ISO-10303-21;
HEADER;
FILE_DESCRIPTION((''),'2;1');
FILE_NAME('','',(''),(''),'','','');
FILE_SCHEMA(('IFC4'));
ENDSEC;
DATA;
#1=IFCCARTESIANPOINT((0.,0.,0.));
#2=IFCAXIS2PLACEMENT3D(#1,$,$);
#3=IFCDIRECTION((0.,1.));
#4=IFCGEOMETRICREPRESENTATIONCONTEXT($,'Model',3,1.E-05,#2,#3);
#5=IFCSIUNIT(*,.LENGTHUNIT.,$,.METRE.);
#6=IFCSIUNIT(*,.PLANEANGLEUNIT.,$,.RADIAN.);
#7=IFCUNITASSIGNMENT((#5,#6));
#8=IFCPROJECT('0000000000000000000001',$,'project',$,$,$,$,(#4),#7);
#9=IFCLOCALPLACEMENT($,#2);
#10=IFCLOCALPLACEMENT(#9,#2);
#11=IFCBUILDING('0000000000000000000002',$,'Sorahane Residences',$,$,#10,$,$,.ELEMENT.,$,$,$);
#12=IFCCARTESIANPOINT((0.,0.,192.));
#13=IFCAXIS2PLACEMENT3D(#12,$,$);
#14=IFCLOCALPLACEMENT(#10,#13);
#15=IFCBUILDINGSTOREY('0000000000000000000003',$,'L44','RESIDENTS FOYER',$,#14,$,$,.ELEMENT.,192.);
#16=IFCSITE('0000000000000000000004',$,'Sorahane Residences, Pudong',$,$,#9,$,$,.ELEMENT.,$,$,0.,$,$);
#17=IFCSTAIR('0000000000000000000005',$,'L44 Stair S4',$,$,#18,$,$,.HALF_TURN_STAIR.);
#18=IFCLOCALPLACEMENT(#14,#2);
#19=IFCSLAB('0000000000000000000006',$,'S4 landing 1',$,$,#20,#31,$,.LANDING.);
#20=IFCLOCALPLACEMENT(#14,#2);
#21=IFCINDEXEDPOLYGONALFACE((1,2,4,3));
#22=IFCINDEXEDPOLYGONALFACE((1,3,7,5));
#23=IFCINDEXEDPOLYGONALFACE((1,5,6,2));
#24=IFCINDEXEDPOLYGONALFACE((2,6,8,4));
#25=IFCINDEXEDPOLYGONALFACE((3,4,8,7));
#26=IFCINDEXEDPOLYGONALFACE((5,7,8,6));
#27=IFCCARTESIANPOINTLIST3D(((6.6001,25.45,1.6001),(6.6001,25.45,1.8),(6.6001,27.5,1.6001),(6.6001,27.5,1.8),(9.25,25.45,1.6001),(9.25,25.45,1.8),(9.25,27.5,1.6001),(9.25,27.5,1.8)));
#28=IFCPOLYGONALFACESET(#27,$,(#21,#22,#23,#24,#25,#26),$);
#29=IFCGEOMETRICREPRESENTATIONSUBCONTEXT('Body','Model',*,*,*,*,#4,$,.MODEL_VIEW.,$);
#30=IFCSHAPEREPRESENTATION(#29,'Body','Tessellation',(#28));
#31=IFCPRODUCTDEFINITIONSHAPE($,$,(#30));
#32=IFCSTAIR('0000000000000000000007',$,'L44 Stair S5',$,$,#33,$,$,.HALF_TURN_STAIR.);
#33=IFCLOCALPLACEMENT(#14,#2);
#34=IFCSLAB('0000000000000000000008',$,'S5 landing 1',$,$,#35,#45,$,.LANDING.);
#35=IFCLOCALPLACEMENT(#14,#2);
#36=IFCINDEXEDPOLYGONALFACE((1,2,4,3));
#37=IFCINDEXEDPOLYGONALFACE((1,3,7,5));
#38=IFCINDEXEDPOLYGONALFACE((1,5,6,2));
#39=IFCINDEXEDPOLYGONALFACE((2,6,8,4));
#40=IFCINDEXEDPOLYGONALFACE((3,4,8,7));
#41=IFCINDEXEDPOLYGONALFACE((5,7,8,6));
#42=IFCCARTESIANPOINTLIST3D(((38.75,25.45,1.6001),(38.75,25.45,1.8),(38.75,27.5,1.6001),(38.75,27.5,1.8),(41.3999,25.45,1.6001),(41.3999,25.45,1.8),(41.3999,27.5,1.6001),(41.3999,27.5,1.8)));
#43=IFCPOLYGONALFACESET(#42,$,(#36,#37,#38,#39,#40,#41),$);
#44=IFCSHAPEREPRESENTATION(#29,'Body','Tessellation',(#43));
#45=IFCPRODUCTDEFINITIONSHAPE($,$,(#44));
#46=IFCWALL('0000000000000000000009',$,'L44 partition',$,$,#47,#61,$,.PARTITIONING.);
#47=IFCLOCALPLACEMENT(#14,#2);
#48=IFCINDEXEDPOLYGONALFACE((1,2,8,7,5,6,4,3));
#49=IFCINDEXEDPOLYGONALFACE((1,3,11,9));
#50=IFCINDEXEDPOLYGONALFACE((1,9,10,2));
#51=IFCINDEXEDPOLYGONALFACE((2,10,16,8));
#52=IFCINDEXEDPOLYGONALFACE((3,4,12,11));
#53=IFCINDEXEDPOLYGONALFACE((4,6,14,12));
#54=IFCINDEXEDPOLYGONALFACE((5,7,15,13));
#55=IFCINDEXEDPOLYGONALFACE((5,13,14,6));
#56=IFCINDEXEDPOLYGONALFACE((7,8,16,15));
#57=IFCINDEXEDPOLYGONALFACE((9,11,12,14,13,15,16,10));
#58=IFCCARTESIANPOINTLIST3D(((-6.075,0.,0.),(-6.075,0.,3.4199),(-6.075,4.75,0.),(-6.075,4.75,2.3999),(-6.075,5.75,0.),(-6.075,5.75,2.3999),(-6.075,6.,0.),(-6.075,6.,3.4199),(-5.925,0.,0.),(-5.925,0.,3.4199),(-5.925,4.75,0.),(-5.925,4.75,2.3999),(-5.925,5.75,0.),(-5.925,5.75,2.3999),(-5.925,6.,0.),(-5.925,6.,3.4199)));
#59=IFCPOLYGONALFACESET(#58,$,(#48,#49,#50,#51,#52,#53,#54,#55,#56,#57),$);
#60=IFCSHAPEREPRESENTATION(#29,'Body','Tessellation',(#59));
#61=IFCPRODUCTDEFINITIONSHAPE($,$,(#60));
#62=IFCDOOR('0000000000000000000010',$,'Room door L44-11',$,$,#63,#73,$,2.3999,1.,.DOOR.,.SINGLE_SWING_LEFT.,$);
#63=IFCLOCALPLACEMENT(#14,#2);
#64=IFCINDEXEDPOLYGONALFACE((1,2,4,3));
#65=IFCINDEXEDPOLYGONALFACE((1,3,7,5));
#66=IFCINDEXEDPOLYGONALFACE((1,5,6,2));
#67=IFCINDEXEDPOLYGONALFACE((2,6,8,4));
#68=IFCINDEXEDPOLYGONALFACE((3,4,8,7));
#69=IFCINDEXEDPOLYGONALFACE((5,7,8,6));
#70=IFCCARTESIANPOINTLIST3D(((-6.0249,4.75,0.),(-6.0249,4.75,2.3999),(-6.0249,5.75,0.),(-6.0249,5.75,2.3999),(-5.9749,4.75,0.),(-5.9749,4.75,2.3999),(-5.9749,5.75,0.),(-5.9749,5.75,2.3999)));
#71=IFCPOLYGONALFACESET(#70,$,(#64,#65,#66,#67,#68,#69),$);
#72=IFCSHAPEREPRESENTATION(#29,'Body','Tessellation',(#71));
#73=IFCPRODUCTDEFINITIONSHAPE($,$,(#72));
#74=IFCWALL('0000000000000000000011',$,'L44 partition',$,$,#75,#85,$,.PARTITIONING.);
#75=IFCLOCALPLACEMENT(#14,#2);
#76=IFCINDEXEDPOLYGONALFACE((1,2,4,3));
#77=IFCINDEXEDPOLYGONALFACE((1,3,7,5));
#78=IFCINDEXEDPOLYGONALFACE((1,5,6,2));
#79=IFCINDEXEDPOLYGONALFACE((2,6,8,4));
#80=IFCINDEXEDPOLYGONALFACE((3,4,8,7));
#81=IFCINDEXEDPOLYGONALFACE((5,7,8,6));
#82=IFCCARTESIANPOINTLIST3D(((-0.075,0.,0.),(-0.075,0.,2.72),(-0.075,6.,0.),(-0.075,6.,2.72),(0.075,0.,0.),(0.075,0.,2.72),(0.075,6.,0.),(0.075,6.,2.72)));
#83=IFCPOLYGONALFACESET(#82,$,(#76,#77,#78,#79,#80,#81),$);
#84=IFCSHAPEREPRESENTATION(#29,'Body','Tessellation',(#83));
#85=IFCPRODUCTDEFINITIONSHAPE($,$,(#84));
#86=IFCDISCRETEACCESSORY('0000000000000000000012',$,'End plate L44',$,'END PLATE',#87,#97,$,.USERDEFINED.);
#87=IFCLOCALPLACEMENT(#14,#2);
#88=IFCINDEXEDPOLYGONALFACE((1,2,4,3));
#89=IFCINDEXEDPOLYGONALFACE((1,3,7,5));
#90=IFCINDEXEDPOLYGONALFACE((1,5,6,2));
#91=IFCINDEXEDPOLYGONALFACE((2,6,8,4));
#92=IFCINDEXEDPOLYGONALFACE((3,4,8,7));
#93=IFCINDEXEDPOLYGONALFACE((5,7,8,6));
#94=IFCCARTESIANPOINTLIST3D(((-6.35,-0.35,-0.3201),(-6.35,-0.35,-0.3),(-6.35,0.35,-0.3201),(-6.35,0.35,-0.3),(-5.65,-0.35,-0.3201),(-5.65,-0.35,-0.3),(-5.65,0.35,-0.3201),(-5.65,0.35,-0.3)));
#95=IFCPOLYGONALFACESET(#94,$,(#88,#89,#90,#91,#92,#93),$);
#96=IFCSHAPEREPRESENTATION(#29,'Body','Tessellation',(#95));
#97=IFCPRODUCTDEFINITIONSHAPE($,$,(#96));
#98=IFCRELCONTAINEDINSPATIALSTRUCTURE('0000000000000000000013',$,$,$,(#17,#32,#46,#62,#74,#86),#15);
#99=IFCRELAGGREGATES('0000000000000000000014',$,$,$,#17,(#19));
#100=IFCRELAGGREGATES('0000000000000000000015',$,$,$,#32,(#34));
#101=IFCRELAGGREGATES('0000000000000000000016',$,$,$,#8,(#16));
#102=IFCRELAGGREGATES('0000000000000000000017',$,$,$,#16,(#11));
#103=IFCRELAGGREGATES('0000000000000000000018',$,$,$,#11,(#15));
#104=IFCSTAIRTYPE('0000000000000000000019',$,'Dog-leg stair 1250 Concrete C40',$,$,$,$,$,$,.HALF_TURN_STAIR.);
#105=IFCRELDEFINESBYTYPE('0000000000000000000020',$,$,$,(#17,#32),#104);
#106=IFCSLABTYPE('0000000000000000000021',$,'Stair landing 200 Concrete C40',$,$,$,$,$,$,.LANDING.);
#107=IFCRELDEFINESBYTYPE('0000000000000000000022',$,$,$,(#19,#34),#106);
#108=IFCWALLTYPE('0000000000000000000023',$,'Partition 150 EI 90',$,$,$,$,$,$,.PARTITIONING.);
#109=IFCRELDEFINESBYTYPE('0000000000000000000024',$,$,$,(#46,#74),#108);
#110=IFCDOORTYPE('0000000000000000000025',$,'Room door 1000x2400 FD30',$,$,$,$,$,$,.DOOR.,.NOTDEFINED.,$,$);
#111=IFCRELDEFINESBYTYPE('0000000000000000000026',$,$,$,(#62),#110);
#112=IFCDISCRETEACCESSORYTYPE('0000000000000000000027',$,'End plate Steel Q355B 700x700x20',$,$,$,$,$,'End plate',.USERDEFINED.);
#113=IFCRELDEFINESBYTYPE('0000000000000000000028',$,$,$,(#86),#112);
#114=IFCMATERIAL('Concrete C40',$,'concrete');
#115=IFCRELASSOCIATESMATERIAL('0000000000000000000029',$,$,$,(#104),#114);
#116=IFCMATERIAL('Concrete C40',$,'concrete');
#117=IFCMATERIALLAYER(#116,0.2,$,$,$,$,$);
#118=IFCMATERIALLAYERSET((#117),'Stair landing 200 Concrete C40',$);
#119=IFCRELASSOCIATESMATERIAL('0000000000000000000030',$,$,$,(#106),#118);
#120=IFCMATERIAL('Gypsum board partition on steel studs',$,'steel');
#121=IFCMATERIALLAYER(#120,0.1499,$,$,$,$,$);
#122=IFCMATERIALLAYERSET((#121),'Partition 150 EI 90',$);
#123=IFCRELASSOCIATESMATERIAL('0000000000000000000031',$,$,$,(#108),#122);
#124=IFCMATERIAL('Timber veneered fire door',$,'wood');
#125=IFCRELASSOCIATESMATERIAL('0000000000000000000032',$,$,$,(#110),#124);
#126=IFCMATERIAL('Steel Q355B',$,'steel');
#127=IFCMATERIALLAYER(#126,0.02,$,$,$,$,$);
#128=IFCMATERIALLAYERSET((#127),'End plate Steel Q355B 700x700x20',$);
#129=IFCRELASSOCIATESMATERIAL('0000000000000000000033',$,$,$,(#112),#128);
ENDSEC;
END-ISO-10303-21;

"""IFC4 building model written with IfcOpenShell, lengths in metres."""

from ifc_helpers import new_model, si_unit, direction, frame, frame_2d, origin, origin_2d, place, context, subcontext, project, spatial, polyline, rectangle, outline, extrude, material, layer, layer_set, type_object, element, fill, aggregate, save


model = new_model("IFC4")

# Units and contexts
model_context = context("Model", 3, precision=1e-05, world=origin(), true_north=direction((0.0, 1.0)))
body_context = subcontext(model_context, "Body", "Model", "MODEL_VIEW")
ifc_project = project(units=[si_unit("LENGTHUNIT", "METRE"), si_unit("PLANEANGLEUNIT", "RADIAN")], contexts=[model_context])

# Site, building, storey
site_placement = place(None, origin())
site = spatial("IfcSite", under=ifc_project, at=site_placement, Name="Sorahane Residences, Pudong", CompositionType="ELEMENT", RefElevation=0.0)
building_placement = place(site_placement, origin())
building = spatial("IfcBuilding", under=site, at=building_placement, Name="Sorahane Residences", CompositionType="ELEMENT")
storey_placement = place(building_placement, frame((0.0, 0.0, 192.0)))
storey = spatial("IfcBuildingStorey", under=building, at=storey_placement, Name="L44", Description="RESIDENTS FOYER", CompositionType="ELEMENT", Elevation=192.0)

# Stairs, slabs
ifc_material_1 = material(Name="Concrete C40", Category="concrete")
stair_type = type_object("IfcStairType", Name="Dog-leg stair 1250 Concrete C40", PredefinedType="HALF_TURN_STAIR", material=ifc_material_1)
ifc_material_2 = material(Name="Concrete C40", Category="concrete")
ifc_layer_1 = layer(ifc_material_2, 0.2)
ifc_layer_set_1 = layer_set([ifc_layer_1], Name="Stair landing 200 Concrete C40")
slab_type_1 = type_object("IfcSlabType", Name="Stair landing 200 Concrete C40", PredefinedType="LANDING", material=ifc_layer_set_1)
stair_1_placement = place(storey_placement, origin())
stair_1 = element("IfcStair", 1, at=stair_1_placement, inside=storey, type_object=stair_type, Name="L44 Stair S4", PredefinedType="HALF_TURN_STAIR")
slab_1_placement = place(storey_placement, frame((0.0, 0.0, 1.6001)))
slab_1 = element("IfcSlab", 2, at=slab_1_placement, type_object=slab_type_1, Name="S4 landing 1", PredefinedType="LANDING", context=body_context, shape_type="SweptSolid", body=[
    extrude(outline(polyline([(9.25, 25.45), (9.25, 27.5), (6.6001, 27.5), (6.6001, 25.45), (9.25, 25.45)])), origin(), (0.0, 0.0, 1.0), 0.2),
])
aggregate(stair_1, [slab_1])
stair_2_placement = place(storey_placement, origin())
stair_2 = element("IfcStair", 3, at=stair_2_placement, inside=storey, type_object=stair_type, Name="L44 Stair S5", PredefinedType="HALF_TURN_STAIR")
slab_2_placement = place(storey_placement, frame((0.0, 0.0, 1.6001)))
slab_2 = element("IfcSlab", 4, at=slab_2_placement, type_object=slab_type_1, Name="S5 landing 1", PredefinedType="LANDING", context=body_context, shape_type="SweptSolid", body=[
    extrude(outline(polyline([(41.3999, 25.45), (41.3999, 27.5), (38.75, 27.5), (38.75, 25.45), (41.3999, 25.45)])), origin(), (0.0, 0.0, 1.0), 0.2),
])
aggregate(stair_2, [slab_2])

# Wall, opening, door
ifc_material_3 = material(Name="Gypsum board partition on steel studs", Category="steel")
ifc_layer_2 = layer(ifc_material_3, 0.1499)
ifc_layer_set_2 = layer_set([ifc_layer_2], Name="Partition 150 EI 90")
wall_type = type_object("IfcWallType", Name="Partition 150 EI 90", PredefinedType="PARTITIONING", material=ifc_layer_set_2)
wall_1_placement = place(storey_placement, frame((-6.0, 0.0, 0.0), z_axis=(0.0, 0.0, 1.0), x_axis=(0.0, 1.0, 0.0)))
wall_1 = element("IfcWall", 5, at=wall_1_placement, inside=storey, type_object=wall_type, Name="L44 partition", PredefinedType="PARTITIONING", context=body_context, shape_type="SweptSolid", body=[
    extrude(rectangle(XDim=6.0, YDim=0.1499, at=frame_2d((3.0, 0.0))), origin(), (0.0, 0.0, 1.0), 3.4199),
])
opening_placement = place(wall_1_placement, frame((4.75, 0.0, 0.0)))
opening = element("IfcOpeningElement", 6, at=opening_placement, cuts=wall_1, PredefinedType="OPENING", context=body_context, shape_type="SweptSolid", body=[
    extrude(rectangle(XDim=1.0, YDim=2.3999, at=frame_2d((0.5, 1.2))), frame((0.0, 0.085, 0.0), z_axis=(0.0, -1.0, 0.0), x_axis=(1.0, 0.0, 0.0)), (0.0, 0.0, 1.0), 0.1699),
])
ifc_material_4 = material(Name="Timber veneered fire door", Category="wood")
door_type = type_object("IfcDoorType", Name="Room door 1000x2400 FD30", OperationType="NOTDEFINED", PredefinedType="DOOR", material=ifc_material_4)
door_placement = place(opening_placement, origin())
door = element("IfcDoor", 7, at=door_placement, inside=storey, type_object=door_type, Name="Room door L44-11", OperationType="SINGLE_SWING_LEFT", OverallHeight=2.3999, OverallWidth=1.0, PredefinedType="DOOR", context=body_context, shape_type="SweptSolid", body=[
    extrude(rectangle(XDim=1.0, YDim=2.3999, at=frame_2d((0.5, 1.2))), frame((0.0, 0.0249, 0.0), z_axis=(0.0, -1.0, 0.0), x_axis=(1.0, 0.0, 0.0)), (0.0, 0.0, 1.0), 0.05),
])
fill(opening, door)

# Wall
wall_2_placement = place(storey_placement, frame((0.0, 0.0, 0.0), z_axis=(0.0, 0.0, 1.0), x_axis=(0.0, 1.0, 0.0)))
element("IfcWall", 8, at=wall_2_placement, inside=storey, type_object=wall_type, Name="L44 partition", PredefinedType="PARTITIONING", context=body_context, shape_type="SweptSolid", body=[
    extrude(rectangle(XDim=6.0, YDim=0.1499, at=frame_2d((3.0, 0.0))), origin(), (0.0, 0.0, 1.0), 2.72),
])

# Discrete accessory
ifc_material_5 = material(Name="Steel Q355B", Category="steel")
ifc_layer_3 = layer(ifc_material_5, 0.02)
ifc_layer_set_3 = layer_set([ifc_layer_3], Name="End plate Steel Q355B 700x700x20")
discrete_accessory_type = type_object("IfcDiscreteAccessoryType", Name="End plate Steel Q355B 700x700x20", ElementType="End plate", PredefinedType="USERDEFINED", material=ifc_layer_set_3)
discrete_accessory_placement = place(storey_placement, frame((-6.0, 0.0, -0.3201), z_axis=(0.0, 0.0, 1.0), x_axis=(1.0, 0.0, 0.0)))
element("IfcDiscreteAccessory", 9, at=discrete_accessory_placement, inside=storey, type_object=discrete_accessory_type, Name="End plate L44", ObjectType="END PLATE", PredefinedType="USERDEFINED", context=body_context, shape_type="SweptSolid", body=[
    extrude(rectangle(XDim=0.7, YDim=0.7, at=origin_2d()), origin(), (0.0, 0.0, 1.0), 0.02),
])

save(model, "model.ifc")
